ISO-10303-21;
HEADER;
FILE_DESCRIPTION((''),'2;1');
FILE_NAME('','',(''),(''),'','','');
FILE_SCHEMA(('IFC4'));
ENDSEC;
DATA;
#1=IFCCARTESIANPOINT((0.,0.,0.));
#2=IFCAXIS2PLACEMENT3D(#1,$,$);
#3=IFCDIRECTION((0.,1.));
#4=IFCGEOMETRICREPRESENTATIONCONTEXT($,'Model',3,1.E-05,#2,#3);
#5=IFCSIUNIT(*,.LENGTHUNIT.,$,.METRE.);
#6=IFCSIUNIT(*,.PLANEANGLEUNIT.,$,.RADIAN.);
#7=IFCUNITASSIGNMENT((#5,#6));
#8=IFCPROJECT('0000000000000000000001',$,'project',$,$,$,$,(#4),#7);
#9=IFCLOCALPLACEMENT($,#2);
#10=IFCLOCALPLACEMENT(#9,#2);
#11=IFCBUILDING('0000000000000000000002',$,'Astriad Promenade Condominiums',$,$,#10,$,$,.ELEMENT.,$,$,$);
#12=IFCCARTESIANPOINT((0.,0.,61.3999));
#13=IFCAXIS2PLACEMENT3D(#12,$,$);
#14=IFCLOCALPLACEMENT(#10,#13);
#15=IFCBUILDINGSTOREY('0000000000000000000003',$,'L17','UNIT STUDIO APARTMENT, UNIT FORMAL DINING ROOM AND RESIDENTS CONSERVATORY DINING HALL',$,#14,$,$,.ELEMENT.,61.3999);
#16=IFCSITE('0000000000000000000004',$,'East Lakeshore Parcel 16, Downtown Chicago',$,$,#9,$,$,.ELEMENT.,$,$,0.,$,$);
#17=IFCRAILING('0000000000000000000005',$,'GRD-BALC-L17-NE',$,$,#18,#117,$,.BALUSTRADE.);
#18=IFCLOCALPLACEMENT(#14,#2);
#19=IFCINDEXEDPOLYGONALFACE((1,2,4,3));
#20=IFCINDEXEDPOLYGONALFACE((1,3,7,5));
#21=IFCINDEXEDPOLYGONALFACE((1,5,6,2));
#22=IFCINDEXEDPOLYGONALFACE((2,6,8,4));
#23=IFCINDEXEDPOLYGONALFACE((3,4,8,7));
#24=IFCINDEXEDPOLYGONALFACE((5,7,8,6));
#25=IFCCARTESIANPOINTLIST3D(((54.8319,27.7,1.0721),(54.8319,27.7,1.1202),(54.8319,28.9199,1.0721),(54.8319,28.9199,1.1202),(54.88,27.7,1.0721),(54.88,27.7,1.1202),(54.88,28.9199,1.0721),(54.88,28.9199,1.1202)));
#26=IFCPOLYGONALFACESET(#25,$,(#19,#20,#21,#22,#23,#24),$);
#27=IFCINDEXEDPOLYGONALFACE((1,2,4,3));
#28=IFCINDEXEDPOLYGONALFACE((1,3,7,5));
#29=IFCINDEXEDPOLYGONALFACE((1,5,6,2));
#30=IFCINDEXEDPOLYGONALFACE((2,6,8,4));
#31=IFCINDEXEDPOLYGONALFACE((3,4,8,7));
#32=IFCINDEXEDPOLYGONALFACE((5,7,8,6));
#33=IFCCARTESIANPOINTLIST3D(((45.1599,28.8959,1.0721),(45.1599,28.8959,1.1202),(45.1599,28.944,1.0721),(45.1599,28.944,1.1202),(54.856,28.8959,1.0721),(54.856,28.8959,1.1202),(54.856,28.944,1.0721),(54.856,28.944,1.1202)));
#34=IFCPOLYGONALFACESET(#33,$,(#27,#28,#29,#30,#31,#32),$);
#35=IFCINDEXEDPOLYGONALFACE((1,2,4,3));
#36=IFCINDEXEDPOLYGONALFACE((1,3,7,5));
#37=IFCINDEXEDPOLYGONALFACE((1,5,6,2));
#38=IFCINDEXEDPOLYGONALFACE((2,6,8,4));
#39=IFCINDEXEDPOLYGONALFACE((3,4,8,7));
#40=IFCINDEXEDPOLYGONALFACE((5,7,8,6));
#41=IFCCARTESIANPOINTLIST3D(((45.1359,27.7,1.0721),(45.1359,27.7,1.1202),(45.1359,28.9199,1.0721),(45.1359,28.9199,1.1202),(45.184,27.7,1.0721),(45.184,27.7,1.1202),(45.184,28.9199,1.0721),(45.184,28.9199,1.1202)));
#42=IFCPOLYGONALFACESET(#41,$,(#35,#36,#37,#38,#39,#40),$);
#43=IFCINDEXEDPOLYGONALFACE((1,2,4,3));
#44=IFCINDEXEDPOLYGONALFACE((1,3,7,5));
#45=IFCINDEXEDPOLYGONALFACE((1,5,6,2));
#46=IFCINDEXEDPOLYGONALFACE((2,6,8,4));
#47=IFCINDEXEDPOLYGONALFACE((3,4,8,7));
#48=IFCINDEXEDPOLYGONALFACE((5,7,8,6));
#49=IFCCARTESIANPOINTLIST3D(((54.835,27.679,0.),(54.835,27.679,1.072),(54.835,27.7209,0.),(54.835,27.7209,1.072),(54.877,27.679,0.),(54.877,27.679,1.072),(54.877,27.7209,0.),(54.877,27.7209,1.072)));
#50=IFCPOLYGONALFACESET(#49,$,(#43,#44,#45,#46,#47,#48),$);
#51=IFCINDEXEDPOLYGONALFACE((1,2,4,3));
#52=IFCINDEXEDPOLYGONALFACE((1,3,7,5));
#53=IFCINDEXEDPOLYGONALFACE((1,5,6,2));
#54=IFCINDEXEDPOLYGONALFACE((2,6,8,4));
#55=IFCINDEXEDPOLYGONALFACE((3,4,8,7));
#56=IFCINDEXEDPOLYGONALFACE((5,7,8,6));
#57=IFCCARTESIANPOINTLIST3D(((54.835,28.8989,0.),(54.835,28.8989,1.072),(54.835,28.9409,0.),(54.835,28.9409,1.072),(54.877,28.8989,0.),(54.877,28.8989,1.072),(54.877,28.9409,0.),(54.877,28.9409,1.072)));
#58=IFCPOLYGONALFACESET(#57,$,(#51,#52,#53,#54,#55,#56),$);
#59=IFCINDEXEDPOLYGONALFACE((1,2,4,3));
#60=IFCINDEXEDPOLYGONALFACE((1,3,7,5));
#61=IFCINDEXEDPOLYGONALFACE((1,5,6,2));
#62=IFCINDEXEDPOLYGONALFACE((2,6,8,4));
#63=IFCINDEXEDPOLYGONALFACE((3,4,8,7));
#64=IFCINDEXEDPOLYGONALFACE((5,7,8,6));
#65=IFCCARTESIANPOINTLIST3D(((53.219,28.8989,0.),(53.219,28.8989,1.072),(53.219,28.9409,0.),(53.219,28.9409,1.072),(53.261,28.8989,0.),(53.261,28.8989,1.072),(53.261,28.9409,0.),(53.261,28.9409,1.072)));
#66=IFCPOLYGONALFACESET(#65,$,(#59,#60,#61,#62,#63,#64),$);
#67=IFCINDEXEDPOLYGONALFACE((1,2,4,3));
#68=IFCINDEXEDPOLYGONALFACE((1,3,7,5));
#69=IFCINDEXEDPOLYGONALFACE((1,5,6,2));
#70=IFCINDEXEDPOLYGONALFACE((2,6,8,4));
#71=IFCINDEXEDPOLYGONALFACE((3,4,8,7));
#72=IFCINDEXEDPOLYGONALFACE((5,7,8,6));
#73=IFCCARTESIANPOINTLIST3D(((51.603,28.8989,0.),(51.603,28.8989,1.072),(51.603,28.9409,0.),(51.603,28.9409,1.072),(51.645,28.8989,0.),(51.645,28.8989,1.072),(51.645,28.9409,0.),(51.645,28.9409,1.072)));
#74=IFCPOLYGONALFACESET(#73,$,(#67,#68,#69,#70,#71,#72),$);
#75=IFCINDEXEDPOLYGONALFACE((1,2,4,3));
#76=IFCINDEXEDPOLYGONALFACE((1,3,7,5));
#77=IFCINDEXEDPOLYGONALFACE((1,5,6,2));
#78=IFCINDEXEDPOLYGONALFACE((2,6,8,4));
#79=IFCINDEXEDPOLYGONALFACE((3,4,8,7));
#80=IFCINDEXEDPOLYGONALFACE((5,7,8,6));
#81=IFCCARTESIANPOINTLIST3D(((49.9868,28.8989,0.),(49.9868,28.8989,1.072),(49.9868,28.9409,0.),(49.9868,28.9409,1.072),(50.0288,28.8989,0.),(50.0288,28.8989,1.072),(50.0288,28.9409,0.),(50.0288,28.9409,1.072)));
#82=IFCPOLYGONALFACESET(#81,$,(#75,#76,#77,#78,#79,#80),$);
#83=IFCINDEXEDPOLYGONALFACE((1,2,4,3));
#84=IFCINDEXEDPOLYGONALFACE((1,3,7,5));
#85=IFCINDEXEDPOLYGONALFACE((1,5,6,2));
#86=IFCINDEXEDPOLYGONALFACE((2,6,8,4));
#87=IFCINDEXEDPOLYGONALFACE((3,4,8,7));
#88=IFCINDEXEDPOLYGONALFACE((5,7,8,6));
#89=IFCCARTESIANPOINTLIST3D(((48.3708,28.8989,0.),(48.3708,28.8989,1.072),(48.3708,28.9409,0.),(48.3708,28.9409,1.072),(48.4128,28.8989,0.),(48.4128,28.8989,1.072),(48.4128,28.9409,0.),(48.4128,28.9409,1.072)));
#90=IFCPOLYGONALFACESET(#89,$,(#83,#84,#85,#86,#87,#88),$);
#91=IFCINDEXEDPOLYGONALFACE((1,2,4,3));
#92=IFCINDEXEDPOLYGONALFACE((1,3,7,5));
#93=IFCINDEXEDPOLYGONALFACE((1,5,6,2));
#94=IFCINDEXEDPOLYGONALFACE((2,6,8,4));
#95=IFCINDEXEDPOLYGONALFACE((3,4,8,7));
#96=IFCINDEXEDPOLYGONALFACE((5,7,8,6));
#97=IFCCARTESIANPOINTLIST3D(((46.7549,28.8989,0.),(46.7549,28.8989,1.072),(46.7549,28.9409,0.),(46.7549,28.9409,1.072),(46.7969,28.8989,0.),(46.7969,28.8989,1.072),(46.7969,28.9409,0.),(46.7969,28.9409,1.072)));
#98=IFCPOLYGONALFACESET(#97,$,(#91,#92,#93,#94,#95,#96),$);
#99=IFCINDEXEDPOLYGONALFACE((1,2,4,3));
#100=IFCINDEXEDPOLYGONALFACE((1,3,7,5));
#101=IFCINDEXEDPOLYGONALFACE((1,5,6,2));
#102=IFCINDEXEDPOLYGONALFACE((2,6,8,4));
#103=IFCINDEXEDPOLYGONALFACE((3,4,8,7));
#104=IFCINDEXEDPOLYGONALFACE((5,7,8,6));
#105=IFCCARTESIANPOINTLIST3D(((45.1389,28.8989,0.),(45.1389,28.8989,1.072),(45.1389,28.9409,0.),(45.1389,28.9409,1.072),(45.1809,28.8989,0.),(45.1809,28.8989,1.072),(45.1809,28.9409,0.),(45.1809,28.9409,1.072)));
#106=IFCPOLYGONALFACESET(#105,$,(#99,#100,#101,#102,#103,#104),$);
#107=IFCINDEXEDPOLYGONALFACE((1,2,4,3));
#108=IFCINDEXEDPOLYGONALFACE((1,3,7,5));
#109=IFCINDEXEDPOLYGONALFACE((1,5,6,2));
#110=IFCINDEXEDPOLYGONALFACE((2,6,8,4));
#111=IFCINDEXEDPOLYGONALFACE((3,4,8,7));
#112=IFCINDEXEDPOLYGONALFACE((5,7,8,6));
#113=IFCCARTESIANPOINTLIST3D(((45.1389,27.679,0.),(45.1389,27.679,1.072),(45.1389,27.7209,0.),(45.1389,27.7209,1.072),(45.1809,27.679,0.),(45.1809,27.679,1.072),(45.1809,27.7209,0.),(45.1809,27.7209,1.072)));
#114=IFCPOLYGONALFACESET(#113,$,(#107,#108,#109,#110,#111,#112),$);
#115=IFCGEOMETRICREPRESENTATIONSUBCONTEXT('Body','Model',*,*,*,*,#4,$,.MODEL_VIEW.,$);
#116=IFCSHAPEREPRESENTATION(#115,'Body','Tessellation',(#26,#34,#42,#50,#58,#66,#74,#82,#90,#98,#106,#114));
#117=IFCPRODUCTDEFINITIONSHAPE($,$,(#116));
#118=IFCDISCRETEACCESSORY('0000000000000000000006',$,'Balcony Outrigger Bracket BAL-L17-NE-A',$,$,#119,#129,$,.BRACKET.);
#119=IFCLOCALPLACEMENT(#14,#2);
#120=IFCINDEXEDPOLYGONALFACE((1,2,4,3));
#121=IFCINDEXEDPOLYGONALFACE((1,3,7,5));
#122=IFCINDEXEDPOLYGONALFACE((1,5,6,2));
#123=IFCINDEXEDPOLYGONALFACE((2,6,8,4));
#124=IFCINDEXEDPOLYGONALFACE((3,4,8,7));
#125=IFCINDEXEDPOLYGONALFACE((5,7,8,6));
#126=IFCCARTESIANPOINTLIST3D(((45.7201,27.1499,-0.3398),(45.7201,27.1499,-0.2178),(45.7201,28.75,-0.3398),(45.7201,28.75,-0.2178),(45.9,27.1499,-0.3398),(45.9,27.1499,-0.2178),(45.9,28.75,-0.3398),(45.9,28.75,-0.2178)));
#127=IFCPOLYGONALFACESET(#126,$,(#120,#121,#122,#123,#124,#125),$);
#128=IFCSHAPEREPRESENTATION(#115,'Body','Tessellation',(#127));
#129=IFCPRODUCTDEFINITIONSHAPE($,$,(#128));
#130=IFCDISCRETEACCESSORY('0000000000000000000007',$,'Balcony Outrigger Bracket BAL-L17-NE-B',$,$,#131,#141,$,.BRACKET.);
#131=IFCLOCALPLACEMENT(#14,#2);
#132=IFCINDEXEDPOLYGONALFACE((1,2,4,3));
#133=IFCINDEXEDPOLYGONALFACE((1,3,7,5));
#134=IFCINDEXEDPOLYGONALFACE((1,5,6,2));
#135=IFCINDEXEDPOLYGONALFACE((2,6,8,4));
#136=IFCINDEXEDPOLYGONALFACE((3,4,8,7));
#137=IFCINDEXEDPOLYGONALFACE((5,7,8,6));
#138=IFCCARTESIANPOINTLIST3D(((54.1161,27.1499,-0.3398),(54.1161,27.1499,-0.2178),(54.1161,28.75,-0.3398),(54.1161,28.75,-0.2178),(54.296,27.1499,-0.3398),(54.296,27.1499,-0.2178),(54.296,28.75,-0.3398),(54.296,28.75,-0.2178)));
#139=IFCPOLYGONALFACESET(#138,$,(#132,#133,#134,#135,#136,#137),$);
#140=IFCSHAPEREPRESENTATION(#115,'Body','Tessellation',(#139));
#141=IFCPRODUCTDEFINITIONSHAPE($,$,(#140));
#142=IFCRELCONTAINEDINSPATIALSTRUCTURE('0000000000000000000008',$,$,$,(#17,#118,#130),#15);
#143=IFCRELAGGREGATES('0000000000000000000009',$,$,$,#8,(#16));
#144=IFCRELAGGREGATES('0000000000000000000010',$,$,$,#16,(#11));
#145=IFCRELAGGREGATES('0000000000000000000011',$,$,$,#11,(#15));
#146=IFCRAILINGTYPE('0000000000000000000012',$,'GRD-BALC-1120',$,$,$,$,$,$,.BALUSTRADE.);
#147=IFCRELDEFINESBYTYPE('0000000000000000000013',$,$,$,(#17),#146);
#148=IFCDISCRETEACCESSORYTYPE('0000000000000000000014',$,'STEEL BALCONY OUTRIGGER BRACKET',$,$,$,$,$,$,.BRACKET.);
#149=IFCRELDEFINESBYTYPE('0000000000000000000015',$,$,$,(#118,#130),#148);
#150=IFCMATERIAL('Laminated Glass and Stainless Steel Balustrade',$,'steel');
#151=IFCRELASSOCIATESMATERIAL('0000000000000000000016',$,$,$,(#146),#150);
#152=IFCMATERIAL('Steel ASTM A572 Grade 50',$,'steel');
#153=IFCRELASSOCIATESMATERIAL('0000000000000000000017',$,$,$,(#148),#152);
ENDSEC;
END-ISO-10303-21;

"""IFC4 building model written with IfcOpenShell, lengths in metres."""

from ifc_helpers import new_model, si_unit, direction, frame, origin, origin_2d, place, context, subcontext, project, spatial, rectangle, extrude, source, transform, mapped, material, type_object, type_shapes, element, save


model = new_model("IFC4")

# Units and contexts
model_context = context("Model", 3, precision=1e-05, world=origin(), true_north=direction((0.0, 1.0)))
body_context = subcontext(model_context, "Body", "Model", "MODEL_VIEW")
ifc_project = project(units=[si_unit("LENGTHUNIT", "METRE"), si_unit("PLANEANGLEUNIT", "RADIAN")], contexts=[model_context])

# Site, building, storey
site_placement = place(None, origin())
site = spatial("IfcSite", under=ifc_project, at=site_placement, Name="East Lakeshore Parcel 16, Downtown Chicago", CompositionType="ELEMENT", RefElevation=0.0)
building_placement = place(site_placement, origin())
building = spatial("IfcBuilding", under=site, at=building_placement, Name="Astriad Promenade Condominiums", CompositionType="ELEMENT")
storey_placement = place(building_placement, frame((0.0, 0.0, 61.3999)))
storey = spatial("IfcBuildingStorey", under=building, at=storey_placement, Name="L17", Description="UNIT STUDIO APARTMENT, UNIT FORMAL DINING ROOM AND RESIDENTS CONSERVATORY DINING HALL", CompositionType="ELEMENT", Elevation=61.3999)

# Railing
ifc_material_1 = material(Name="Laminated Glass and Stainless Steel Balustrade", Category="steel")
railing_type = type_object("IfcRailingType", Name="GRD-BALC-1120", PredefinedType="BALUSTRADE", material=ifc_material_1)
shared_shape_1 = source(origin(), body_context, "Body", "SweptSolid", [
    extrude(rectangle(XDim=0.0481, YDim=0.0481, at=origin_2d()), frame((0.0, 0.0, 1.0962), z_axis=(0.0, 1.0, 0.0), x_axis=(-1.0, 0.0, 0.0)), (0.0, 0.0, 1.0), 1.22),
    extrude(rectangle(XDim=0.0481, YDim=0.0481, at=origin_2d()), frame((0.0, 1.22, 1.0962), z_axis=(-1.0, 0.0, 0.0), x_axis=(0.0, -1.0, 0.0)), (0.0, 0.0, 1.0), 9.696),
    extrude(rectangle(XDim=0.0481, YDim=0.0481, at=origin_2d()), frame((-9.696, 1.22, 1.0962), z_axis=(0.0, -1.0, 0.0), x_axis=(1.0, 0.0, 0.0)), (0.0, 0.0, 1.0), 1.22),
    extrude(rectangle(XDim=0.042, YDim=0.042, at=origin_2d()), origin(), (0.0, 0.0, 1.0), 1.072),
    extrude(rectangle(XDim=0.042, YDim=0.042, at=origin_2d()), frame((0.0, 1.22, 0.0)), (0.0, 0.0, 1.0), 1.072),
    extrude(rectangle(XDim=0.042, YDim=0.042, at=origin_2d()), frame((-1.616, 1.22, 0.0)), (0.0, 0.0, 1.0), 1.072),
    extrude(rectangle(XDim=0.042, YDim=0.042, at=origin_2d()), frame((-3.2319, 1.22, 0.0)), (0.0, 0.0, 1.0), 1.072),
    extrude(rectangle(XDim=0.042, YDim=0.042, at=origin_2d()), frame((-4.8481, 1.22, 0.0)), (0.0, 0.0, 1.0), 1.072),
    extrude(rectangle(XDim=0.042, YDim=0.042, at=origin_2d()), frame((-6.4641, 1.22, 0.0)), (0.0, 0.0, 1.0), 1.072),
    extrude(rectangle(XDim=0.042, YDim=0.042, at=origin_2d()), frame((-8.0801, 1.22, 0.0)), (0.0, 0.0, 1.0), 1.072),
    extrude(rectangle(XDim=0.042, YDim=0.042, at=origin_2d()), frame((-9.696, 1.22, 0.0)), (0.0, 0.0, 1.0), 1.072),
    extrude(rectangle(XDim=0.042, YDim=0.042, at=origin_2d()), frame((-9.696, 0.0, 0.0)), (0.0, 0.0, 1.0), 1.072),
])
type_shapes(railing_type, [shared_shape_1])
railing_placement = place(storey_placement, frame((54.856, 27.7, 0.0)))
element("IfcRailing", 1, at=railing_placement, inside=storey, type_object=railing_type, Name="GRD-BALC-L17-NE", PredefinedType="BALUSTRADE", context=body_context, shape_type="MappedRepresentation", body=[
    mapped(shared_shape_1, transform((0.0, 0.0, 0.0), scale=1.0)),
])

# Discrete accessories
ifc_material_2 = material(Name="Steel ASTM A572 Grade 50", Category="steel")
discrete_accessory_type = type_object("IfcDiscreteAccessoryType", Name="STEEL BALCONY OUTRIGGER BRACKET", PredefinedType="BRACKET", material=ifc_material_2)
shared_shape_2 = source(origin(), body_context, "Body", "SweptSolid", [
    extrude(rectangle(XDim=1.6001, YDim=0.1799, at=origin_2d()), origin(), (0.0, 0.0, 1.0), 0.1221),
])
type_shapes(discrete_accessory_type, [shared_shape_2])
for number, where, z_axis, x_axis, name in (
    (2, (45.8101, 27.95, -0.3398), (0.0, 0.0, 1.0), (0.0, 1.0, 0.0), "Balcony Outrigger Bracket BAL-L17-NE-A"),
    (3, (54.2061, 27.95, -0.3398), (0.0, 0.0, 1.0), (0.0, 1.0, 0.0), "Balcony Outrigger Bracket BAL-L17-NE-B"),
):
    element("IfcDiscreteAccessory", number, at=place(storey_placement, frame(where, z_axis=z_axis, x_axis=x_axis)), inside=storey, type_object=discrete_accessory_type, Name=name, PredefinedType="BRACKET", context=body_context, shape_type="MappedRepresentation", body=[
        mapped(shared_shape_2, transform((0.0, 0.0, 0.0), scale=1.0)),
    ])

save(model, "model.ifc")
